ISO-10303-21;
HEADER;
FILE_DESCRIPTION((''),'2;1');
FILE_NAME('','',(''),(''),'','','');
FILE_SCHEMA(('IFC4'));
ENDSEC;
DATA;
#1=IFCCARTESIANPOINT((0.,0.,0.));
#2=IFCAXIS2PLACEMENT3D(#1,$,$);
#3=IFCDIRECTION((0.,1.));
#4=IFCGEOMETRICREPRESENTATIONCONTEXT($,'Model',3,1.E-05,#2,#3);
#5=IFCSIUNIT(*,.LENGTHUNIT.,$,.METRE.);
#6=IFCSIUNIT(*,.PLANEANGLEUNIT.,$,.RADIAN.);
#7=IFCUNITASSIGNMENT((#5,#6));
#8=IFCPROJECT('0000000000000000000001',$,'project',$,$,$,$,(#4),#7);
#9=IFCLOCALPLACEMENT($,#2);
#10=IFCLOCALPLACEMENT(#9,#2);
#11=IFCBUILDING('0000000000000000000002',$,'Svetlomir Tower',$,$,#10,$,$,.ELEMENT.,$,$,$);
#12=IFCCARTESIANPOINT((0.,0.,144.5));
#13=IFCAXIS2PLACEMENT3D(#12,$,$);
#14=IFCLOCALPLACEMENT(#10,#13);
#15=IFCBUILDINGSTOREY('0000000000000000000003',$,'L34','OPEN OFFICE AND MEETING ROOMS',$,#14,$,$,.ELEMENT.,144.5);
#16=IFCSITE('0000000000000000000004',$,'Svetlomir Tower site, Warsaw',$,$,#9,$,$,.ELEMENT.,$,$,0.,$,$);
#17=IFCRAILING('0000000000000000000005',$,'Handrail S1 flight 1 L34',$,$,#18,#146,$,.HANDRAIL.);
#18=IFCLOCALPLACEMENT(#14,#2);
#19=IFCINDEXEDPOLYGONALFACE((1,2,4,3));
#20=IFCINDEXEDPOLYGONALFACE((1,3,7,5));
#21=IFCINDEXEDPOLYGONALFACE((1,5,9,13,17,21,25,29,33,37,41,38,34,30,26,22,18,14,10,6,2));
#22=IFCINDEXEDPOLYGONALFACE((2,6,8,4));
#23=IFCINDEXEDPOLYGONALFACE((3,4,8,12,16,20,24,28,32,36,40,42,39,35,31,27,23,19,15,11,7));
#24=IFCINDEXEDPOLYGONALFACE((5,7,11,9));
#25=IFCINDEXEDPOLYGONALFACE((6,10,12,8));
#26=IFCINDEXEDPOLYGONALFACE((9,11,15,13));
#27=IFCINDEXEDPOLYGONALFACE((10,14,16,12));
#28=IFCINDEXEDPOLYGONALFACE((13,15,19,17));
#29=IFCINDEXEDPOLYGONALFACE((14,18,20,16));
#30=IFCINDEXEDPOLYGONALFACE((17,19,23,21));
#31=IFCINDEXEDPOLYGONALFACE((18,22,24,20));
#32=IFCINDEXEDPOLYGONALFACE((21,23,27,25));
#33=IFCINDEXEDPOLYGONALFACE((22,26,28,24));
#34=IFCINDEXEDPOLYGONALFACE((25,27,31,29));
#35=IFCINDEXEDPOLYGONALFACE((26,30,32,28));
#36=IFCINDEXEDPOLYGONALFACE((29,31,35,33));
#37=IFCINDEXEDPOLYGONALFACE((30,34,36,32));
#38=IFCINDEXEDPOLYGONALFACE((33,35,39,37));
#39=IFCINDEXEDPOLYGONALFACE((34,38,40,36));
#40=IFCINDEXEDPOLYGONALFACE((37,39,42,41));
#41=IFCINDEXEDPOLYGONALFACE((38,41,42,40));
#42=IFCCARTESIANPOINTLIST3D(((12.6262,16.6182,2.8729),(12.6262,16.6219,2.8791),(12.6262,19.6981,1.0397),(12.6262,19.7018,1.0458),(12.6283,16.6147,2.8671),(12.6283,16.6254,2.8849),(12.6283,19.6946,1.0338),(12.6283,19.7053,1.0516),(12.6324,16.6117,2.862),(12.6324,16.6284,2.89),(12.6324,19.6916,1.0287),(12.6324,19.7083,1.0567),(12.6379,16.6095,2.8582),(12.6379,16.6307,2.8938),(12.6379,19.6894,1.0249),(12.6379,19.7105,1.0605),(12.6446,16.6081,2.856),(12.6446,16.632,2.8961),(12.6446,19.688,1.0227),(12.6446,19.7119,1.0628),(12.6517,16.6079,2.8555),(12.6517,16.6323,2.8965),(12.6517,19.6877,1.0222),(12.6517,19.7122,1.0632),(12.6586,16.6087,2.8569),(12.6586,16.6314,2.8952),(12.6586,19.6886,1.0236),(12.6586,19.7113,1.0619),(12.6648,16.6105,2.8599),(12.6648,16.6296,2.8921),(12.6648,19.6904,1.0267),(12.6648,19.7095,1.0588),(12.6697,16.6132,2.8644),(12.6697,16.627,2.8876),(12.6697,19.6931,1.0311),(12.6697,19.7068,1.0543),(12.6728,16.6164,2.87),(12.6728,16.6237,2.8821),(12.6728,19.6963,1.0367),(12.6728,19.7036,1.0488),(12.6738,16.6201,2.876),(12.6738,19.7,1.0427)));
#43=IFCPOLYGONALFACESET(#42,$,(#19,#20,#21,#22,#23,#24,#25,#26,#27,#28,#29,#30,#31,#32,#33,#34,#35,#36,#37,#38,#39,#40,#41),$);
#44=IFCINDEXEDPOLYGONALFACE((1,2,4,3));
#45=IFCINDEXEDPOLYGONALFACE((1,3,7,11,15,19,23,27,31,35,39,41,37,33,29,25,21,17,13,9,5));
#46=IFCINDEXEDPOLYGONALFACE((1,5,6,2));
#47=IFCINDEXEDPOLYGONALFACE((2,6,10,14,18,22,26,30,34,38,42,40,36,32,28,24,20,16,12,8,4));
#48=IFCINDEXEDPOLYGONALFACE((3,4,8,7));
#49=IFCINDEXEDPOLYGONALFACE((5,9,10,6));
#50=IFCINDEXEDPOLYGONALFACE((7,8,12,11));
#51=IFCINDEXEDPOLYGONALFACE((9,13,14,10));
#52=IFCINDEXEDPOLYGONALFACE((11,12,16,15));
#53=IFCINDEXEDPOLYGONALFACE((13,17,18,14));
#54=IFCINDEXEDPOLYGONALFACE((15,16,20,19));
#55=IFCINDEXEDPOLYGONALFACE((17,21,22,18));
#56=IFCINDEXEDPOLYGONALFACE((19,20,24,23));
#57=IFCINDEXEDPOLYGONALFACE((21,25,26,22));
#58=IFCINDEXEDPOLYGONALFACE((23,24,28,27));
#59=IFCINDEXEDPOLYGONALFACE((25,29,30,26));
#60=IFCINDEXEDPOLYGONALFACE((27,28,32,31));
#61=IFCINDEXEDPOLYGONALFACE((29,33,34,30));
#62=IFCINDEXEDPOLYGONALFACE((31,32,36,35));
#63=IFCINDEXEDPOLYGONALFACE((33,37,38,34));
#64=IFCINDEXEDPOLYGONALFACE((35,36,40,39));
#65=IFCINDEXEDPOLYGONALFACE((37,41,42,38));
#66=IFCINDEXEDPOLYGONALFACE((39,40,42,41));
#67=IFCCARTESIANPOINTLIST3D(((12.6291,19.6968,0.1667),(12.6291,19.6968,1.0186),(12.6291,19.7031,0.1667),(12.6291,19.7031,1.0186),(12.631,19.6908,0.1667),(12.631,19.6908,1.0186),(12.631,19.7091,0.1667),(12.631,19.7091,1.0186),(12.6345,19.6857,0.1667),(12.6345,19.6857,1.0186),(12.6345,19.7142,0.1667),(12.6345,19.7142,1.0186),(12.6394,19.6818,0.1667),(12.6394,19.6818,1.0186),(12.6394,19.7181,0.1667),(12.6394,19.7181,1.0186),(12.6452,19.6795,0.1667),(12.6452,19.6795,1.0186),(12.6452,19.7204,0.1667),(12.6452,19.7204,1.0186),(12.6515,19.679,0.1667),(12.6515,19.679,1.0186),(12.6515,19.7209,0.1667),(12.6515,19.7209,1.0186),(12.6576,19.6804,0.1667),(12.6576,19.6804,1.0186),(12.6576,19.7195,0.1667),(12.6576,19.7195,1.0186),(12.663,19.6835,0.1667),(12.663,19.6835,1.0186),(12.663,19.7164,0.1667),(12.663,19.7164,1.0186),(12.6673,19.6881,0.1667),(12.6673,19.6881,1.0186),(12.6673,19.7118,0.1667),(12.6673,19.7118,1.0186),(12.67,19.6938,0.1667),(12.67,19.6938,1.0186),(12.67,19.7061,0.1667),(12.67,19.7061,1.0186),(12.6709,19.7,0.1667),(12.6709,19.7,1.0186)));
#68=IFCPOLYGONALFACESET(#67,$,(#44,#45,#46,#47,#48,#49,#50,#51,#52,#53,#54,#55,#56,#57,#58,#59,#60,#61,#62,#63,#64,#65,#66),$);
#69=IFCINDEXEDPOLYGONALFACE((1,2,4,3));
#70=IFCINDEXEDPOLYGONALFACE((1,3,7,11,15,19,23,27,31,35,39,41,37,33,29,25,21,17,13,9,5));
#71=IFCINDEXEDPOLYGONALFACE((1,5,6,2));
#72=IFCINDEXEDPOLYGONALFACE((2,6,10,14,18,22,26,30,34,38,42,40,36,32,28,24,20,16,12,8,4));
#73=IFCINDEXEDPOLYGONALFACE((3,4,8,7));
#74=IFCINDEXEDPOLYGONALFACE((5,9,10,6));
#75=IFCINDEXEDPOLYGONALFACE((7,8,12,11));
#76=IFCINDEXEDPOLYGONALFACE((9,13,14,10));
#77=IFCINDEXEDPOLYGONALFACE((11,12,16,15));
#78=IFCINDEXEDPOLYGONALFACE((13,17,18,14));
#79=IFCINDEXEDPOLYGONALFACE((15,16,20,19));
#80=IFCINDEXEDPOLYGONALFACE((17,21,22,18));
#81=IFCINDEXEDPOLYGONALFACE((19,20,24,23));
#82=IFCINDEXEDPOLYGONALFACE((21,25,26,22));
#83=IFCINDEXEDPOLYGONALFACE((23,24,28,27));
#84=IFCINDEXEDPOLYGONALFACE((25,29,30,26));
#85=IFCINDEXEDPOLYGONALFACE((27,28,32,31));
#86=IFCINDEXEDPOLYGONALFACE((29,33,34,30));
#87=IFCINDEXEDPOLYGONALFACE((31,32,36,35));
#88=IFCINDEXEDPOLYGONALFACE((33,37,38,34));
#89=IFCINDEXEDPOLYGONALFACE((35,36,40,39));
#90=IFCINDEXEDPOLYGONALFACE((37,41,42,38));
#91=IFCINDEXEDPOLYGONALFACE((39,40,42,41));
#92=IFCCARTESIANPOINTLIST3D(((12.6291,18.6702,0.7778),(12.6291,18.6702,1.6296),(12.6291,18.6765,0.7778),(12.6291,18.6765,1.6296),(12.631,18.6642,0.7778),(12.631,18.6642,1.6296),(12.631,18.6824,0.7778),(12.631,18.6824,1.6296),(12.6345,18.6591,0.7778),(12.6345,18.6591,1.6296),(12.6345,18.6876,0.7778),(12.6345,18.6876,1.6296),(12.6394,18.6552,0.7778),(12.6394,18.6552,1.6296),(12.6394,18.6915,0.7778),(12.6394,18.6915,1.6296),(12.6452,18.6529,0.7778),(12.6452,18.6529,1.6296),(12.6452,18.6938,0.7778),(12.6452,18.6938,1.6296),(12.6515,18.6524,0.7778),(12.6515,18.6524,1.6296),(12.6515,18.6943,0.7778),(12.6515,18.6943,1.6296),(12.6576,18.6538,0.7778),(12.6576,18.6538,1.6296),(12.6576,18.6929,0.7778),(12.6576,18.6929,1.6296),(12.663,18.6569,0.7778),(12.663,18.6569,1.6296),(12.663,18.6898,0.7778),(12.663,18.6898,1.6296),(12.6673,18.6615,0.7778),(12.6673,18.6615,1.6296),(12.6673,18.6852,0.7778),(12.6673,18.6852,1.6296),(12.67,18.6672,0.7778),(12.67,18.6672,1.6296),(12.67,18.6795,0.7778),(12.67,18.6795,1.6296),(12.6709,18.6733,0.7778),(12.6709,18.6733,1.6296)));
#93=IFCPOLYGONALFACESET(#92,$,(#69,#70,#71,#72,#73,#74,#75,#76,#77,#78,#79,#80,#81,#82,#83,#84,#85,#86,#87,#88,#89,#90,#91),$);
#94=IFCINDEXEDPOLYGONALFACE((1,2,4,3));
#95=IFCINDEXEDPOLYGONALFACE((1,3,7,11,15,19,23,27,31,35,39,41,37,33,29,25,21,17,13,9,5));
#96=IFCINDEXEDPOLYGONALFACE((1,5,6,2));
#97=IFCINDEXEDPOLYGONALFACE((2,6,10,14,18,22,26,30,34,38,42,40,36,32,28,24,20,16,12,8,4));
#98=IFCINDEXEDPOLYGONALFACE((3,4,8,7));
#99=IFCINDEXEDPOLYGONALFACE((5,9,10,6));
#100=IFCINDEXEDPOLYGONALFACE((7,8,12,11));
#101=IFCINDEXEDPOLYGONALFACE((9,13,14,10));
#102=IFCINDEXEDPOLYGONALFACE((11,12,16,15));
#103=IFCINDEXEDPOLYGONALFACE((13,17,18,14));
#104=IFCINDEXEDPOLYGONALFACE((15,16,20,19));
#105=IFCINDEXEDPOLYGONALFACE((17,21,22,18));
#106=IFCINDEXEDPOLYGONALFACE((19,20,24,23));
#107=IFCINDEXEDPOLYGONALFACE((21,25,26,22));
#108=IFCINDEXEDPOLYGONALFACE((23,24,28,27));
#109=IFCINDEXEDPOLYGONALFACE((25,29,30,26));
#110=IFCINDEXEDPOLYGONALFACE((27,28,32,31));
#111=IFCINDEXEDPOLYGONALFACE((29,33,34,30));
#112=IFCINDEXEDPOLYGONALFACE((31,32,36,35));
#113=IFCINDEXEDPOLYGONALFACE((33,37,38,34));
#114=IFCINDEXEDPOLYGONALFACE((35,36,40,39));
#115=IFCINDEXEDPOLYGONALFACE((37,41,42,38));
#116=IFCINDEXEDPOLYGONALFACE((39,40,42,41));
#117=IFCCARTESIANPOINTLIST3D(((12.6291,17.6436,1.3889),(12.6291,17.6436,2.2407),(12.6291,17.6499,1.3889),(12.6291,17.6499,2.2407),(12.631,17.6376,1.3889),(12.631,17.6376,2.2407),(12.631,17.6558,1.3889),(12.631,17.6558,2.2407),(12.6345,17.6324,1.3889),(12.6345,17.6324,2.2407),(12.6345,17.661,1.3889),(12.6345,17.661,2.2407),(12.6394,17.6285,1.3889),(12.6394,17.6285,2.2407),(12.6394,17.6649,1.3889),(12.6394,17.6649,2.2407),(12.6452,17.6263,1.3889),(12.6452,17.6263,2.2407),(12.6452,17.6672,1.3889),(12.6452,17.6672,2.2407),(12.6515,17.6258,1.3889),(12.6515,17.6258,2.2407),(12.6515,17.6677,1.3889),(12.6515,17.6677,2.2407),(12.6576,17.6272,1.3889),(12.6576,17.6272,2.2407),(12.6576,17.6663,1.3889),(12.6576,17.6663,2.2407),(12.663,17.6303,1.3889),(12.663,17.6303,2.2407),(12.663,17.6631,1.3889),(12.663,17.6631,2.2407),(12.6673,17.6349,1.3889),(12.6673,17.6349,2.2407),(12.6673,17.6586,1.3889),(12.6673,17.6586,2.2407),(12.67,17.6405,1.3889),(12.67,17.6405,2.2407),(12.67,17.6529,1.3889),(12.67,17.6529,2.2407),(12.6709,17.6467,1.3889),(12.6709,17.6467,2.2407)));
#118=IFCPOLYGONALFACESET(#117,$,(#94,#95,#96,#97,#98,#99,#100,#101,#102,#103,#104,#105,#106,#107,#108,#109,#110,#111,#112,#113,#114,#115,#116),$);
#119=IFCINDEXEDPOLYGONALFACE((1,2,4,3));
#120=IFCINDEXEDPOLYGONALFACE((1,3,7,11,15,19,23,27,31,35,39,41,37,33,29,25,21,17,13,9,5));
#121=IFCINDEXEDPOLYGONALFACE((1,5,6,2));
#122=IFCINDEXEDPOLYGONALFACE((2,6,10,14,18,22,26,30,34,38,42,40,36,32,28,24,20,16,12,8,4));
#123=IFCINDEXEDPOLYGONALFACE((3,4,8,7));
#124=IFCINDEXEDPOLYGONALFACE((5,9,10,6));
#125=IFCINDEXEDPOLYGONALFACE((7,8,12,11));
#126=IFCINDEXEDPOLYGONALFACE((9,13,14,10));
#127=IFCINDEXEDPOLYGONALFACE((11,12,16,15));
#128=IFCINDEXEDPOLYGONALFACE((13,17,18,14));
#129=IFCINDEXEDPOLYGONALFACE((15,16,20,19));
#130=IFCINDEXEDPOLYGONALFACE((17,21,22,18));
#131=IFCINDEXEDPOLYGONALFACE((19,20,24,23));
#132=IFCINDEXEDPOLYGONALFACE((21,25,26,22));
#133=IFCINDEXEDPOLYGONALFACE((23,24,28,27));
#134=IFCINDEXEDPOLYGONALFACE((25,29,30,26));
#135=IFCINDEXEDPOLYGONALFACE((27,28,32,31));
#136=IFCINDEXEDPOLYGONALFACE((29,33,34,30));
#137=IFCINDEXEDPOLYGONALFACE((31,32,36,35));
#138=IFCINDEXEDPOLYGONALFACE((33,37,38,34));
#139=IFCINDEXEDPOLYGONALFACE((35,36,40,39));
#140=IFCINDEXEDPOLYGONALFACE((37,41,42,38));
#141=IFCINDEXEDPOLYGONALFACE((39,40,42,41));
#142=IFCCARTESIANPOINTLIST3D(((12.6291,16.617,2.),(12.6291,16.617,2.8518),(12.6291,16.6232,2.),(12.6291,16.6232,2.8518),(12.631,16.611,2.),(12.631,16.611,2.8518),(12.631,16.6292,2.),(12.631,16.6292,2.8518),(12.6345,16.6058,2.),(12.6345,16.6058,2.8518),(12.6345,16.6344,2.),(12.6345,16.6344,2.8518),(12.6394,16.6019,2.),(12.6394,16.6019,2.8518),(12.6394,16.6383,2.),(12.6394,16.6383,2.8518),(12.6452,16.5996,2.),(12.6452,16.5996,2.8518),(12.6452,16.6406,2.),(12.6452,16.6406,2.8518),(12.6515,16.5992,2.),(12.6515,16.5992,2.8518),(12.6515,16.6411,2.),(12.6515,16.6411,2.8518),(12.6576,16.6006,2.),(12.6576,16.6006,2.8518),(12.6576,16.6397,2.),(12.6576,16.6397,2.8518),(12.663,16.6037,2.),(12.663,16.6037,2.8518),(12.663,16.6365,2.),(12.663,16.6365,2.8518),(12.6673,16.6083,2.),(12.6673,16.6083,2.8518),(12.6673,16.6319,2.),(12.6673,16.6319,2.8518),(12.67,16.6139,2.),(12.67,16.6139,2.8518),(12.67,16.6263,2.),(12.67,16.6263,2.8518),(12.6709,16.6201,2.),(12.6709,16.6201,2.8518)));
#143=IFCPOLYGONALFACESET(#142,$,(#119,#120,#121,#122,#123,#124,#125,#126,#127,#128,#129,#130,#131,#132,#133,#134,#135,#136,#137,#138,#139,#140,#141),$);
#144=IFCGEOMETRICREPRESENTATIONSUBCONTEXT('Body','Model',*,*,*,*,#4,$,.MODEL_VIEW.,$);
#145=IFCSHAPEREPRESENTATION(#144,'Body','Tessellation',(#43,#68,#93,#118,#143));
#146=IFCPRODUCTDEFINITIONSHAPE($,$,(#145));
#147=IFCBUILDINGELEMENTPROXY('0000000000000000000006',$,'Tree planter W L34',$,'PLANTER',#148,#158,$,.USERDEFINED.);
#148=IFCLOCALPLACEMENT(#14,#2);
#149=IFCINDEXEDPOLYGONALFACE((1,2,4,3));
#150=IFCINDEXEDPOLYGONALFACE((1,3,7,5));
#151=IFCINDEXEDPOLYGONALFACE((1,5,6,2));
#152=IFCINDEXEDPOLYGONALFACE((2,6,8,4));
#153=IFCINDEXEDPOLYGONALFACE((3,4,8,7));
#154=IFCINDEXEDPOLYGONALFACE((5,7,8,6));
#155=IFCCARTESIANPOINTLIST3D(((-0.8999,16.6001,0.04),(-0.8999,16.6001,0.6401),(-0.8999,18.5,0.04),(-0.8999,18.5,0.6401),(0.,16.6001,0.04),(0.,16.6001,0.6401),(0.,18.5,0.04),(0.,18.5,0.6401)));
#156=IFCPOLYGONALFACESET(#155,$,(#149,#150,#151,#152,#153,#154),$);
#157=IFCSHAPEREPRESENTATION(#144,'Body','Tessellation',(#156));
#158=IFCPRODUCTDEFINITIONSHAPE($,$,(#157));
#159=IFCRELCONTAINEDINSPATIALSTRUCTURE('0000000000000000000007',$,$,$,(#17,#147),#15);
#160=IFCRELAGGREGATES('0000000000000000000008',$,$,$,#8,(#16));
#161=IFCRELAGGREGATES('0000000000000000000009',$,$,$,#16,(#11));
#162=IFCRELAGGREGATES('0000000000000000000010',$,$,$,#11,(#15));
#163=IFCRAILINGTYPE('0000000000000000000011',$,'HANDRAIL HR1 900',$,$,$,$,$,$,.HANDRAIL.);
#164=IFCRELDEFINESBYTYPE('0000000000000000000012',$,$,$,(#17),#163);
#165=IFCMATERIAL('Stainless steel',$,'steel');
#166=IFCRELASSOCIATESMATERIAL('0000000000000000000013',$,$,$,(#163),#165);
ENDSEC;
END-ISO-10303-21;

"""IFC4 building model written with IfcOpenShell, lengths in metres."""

from ifc_helpers import new_model, si_unit, direction, frame, origin, origin_2d, place, context, subcontext, project, spatial, rectangle, circle, extrude, material, type_object, element, save


model = new_model("IFC4")

# Units and contexts
model_context = context("Model", 3, precision=1e-05, world=origin(), true_north=direction((0.0, 1.0)))
body_context = subcontext(model_context, "Body", "Model", "MODEL_VIEW")
ifc_project = project(units=[si_unit("LENGTHUNIT", "METRE"), si_unit("PLANEANGLEUNIT", "RADIAN")], contexts=[model_context])

# Site, building, storey
site_placement = place(None, origin())
site = spatial("IfcSite", under=ifc_project, at=site_placement, Name="Svetlomir Tower site, Warsaw", CompositionType="ELEMENT", RefElevation=0.0)
building_placement = place(site_placement, origin())
building = spatial("IfcBuilding", under=site, at=building_placement, Name="Svetlomir Tower", CompositionType="ELEMENT")
storey_placement = place(building_placement, frame((0.0, 0.0, 144.5)))
storey = spatial("IfcBuildingStorey", under=building, at=storey_placement, Name="L34", Description="OPEN OFFICE AND MEETING ROOMS", CompositionType="ELEMENT", Elevation=144.5)

# Railing
ifc_material_1 = material(Name="Stainless steel", Category="steel")
railing_type_1 = type_object("IfcRailingType", Name="HANDRAIL HR1 900", PredefinedType="HANDRAIL", material=ifc_material_1)
railing_1_placement = place(storey_placement, frame((12.6499, 19.7, 0.1667)))
element("IfcRailing", 1, at=railing_1_placement, inside=storey, type_object=railing_type_1, Name="Handrail S1 flight 1 L34", PredefinedType="HANDRAIL", context=body_context, shape_type="SweptSolid", body=[
    extrude(circle(Radius=0.0239, at=origin_2d()), frame((0.0, 0.0, 0.876), z_axis=(0.0, -0.859291, 0.511487), x_axis=(1.0, 0.0, 0.0)), (0.0, 0.0, 1.0), 3.5842),
    extrude(circle(Radius=0.021, at=origin_2d()), origin(), (0.0, 0.0, 1.0), 0.8518),
    extrude(circle(Radius=0.021, at=origin_2d()), frame((0.0, -1.0266, 0.6111)), (0.0, 0.0, 1.0), 0.8518),
    extrude(circle(Radius=0.021, at=origin_2d()), frame((0.0, -2.0532, 1.2222)), (0.0, 0.0, 1.0), 0.8518),
    extrude(circle(Radius=0.021, at=origin_2d()), frame((0.0, -3.0798, 1.8333)), (0.0, 0.0, 1.0), 0.8518),
])

# Building element proxy
proxy_placement = place(storey_placement, frame((-0.45, 17.55, 0.04), z_axis=(0.0, 0.0, 1.0), x_axis=(1.0, 0.0, 0.0)))
element("IfcBuildingElementProxy", 2, at=proxy_placement, inside=storey, Name="Tree planter W L34", ObjectType="PLANTER", PredefinedType="USERDEFINED", context=body_context, shape_type="SweptSolid", body=[
    extrude(rectangle(XDim=0.8999, YDim=1.8999, at=origin_2d()), origin(), (0.0, 0.0, 1.0), 0.6001),
])

save(model, "model.ifc")
